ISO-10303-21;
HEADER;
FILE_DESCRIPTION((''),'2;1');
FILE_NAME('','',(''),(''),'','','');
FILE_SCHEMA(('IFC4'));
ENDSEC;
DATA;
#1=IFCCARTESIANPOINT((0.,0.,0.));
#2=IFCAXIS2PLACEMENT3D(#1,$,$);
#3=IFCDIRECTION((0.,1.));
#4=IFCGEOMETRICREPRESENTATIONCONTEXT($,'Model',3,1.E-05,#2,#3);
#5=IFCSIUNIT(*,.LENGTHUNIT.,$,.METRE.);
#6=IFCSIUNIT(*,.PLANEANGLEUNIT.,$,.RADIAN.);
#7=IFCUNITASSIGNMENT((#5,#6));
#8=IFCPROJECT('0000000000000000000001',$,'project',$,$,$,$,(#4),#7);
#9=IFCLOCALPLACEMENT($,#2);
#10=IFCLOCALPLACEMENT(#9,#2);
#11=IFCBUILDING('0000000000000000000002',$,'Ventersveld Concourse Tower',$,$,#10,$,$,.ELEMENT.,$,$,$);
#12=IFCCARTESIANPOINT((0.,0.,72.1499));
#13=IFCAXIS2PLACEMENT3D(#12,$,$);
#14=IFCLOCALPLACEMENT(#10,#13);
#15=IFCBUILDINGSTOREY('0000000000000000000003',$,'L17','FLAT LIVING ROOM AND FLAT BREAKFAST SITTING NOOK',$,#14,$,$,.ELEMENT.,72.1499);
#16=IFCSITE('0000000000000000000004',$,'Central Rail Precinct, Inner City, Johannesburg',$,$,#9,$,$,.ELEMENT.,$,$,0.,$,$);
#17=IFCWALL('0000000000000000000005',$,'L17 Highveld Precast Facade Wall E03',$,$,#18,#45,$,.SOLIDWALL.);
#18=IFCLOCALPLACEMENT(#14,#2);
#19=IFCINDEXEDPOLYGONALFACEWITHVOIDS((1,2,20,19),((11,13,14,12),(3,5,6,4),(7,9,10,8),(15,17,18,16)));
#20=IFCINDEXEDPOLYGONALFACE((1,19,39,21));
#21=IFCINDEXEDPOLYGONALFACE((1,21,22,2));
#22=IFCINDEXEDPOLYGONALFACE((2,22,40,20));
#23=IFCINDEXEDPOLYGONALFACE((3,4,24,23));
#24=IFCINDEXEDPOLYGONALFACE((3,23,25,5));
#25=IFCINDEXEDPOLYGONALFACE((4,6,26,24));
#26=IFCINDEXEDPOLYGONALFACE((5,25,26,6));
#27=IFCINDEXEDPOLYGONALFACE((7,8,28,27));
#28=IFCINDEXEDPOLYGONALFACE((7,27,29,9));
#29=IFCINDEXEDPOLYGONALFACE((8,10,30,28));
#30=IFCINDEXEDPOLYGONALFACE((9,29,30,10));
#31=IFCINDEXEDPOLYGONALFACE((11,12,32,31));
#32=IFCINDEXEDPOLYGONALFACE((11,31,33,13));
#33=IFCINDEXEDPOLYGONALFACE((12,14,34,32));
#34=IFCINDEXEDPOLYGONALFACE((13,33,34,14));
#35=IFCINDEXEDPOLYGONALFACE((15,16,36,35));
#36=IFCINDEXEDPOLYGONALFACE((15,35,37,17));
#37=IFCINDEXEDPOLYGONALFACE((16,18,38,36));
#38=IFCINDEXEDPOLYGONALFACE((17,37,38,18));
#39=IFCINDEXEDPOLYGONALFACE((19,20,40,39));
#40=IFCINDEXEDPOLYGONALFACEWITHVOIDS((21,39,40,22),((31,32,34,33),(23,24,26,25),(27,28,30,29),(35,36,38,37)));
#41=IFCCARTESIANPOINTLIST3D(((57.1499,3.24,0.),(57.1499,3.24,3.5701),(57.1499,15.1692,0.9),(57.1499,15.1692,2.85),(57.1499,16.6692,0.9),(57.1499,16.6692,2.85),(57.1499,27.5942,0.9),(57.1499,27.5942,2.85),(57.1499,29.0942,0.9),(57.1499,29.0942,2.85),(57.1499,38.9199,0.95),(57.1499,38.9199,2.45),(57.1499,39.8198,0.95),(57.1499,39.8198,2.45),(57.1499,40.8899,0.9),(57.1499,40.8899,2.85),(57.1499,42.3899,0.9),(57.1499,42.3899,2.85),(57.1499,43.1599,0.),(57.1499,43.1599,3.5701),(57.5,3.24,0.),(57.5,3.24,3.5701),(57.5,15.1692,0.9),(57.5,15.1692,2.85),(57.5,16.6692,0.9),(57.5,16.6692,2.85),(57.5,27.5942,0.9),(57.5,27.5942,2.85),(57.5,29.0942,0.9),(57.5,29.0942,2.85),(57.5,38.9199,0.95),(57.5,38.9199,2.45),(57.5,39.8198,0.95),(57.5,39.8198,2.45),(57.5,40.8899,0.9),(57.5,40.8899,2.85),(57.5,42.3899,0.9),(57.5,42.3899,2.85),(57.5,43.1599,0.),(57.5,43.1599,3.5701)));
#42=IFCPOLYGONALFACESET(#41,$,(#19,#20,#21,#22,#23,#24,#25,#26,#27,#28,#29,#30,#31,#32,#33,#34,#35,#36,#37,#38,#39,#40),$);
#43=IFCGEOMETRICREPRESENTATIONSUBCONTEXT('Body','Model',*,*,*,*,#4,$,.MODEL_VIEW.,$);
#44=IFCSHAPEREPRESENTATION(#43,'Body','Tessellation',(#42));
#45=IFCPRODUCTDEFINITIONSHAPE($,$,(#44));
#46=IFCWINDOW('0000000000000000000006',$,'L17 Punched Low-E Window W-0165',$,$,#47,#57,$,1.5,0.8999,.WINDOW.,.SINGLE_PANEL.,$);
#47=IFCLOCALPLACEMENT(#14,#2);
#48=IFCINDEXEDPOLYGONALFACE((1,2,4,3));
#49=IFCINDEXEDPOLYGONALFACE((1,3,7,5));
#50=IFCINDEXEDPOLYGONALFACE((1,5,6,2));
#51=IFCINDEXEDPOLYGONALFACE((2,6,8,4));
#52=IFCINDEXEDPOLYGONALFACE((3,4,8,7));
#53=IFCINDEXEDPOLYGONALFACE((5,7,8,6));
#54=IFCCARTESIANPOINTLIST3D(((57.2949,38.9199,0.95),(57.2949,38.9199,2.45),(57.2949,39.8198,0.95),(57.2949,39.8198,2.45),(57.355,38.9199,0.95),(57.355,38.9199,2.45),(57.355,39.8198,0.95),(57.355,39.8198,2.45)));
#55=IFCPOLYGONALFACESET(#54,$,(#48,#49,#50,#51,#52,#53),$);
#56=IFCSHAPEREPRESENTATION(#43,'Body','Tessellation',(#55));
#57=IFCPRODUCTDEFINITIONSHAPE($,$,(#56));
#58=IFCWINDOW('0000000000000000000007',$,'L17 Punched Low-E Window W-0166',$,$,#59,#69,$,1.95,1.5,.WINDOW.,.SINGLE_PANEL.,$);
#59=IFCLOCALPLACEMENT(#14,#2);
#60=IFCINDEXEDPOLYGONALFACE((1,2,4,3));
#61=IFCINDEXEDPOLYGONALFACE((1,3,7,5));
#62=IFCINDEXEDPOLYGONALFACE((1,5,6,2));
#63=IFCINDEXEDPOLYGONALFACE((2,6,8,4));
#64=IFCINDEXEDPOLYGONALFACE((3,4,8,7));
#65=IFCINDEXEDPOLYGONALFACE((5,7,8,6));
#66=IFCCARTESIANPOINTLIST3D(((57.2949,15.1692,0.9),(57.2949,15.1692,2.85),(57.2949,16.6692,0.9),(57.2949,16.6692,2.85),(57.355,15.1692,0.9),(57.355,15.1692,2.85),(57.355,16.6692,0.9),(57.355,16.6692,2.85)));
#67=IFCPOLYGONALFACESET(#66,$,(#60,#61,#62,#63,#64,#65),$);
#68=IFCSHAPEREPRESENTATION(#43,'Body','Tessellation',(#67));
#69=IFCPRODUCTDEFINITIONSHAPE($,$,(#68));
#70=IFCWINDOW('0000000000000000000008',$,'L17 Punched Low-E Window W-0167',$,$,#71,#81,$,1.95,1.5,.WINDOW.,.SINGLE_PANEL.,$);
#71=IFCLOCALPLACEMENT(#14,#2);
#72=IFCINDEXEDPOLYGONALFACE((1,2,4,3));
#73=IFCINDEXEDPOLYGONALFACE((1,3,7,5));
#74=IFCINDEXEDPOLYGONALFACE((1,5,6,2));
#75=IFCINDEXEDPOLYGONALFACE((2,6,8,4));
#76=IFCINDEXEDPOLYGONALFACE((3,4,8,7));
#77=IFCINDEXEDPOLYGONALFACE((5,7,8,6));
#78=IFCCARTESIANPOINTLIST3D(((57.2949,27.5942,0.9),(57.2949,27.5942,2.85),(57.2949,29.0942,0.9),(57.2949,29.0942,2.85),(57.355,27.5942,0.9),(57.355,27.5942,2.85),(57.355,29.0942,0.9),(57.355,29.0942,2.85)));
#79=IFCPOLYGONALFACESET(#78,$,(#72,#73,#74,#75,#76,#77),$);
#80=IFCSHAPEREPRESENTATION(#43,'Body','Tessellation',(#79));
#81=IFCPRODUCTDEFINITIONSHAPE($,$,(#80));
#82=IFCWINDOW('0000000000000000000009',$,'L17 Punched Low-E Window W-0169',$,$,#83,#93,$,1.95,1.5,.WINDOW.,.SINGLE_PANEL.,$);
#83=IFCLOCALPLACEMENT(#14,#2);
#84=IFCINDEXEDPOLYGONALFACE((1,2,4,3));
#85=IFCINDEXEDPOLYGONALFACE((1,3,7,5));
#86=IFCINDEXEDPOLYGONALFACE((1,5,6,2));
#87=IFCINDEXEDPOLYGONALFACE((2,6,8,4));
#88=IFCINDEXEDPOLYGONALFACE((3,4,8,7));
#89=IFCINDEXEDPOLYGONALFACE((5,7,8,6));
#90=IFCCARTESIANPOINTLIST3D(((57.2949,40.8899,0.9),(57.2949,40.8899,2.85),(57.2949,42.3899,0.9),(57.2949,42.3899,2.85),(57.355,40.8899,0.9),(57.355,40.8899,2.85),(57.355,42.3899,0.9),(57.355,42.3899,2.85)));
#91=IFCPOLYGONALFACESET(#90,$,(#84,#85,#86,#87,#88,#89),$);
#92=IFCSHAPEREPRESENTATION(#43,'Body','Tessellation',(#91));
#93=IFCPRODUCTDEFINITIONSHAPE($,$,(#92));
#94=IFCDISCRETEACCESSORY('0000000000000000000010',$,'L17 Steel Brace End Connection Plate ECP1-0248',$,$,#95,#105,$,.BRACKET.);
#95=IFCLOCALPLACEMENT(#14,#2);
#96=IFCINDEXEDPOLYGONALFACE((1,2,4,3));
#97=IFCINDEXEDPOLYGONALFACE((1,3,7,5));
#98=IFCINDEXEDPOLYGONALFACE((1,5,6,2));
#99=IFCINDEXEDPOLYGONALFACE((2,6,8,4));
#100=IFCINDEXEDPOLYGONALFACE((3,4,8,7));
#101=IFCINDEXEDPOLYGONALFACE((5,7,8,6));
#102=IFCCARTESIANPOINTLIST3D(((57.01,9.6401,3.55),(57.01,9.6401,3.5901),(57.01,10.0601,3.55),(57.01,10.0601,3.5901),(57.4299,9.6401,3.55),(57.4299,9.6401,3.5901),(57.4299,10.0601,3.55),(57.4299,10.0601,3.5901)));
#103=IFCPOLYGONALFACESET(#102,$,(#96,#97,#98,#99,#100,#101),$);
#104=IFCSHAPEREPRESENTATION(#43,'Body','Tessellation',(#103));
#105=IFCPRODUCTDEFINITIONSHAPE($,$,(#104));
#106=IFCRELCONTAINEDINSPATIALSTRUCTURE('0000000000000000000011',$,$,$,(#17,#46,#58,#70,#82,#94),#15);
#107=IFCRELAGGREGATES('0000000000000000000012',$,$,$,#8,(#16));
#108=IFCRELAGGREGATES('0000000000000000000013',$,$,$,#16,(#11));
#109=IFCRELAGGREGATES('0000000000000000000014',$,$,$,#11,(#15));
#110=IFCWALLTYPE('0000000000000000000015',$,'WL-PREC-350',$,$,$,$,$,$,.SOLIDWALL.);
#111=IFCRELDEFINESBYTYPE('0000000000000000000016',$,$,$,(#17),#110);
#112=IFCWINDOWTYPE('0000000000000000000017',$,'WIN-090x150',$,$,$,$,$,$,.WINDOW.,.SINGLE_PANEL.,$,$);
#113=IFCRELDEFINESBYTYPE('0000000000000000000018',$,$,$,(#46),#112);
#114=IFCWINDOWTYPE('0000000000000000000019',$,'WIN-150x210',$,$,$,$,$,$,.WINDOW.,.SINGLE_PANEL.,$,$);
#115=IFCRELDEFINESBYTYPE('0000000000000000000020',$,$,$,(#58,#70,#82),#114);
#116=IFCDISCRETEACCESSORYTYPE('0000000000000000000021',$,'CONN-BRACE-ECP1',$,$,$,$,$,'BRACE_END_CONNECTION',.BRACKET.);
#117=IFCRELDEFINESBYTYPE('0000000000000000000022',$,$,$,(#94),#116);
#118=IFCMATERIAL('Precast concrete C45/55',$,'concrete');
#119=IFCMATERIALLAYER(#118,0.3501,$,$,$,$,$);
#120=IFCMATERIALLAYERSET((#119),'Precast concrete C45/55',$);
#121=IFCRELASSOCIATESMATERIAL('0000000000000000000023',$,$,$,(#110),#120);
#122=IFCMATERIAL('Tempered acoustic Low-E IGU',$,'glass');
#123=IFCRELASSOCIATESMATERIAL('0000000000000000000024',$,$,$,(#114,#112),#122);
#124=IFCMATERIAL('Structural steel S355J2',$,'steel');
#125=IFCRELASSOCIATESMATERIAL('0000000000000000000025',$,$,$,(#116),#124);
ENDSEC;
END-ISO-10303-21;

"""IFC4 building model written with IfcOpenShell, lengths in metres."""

from ifc_helpers import new_model, si_unit, direction, frame, frame_2d, origin, origin_2d, place, context, subcontext, project, spatial, rectangle, extrude, material, layer, layer_set, type_object, element, fill, save


model = new_model("IFC4")

# Units and contexts
model_context = context("Model", 3, precision=1e-05, world=origin(), true_north=direction((0.0, 1.0)))
body_context = subcontext(model_context, "Body", "Model", "MODEL_VIEW")
ifc_project = project(units=[si_unit("LENGTHUNIT", "METRE"), si_unit("PLANEANGLEUNIT", "RADIAN")], contexts=[model_context])

# Site, building, storey
site_placement = place(None, origin())
site = spatial("IfcSite", under=ifc_project, at=site_placement, Name="Central Rail Precinct, Inner City, Johannesburg", CompositionType="ELEMENT", RefElevation=0.0)
building_placement = place(site_placement, origin())
building = spatial("IfcBuilding", under=site, at=building_placement, Name="Ventersveld Concourse Tower", CompositionType="ELEMENT")
storey_placement = place(building_placement, frame((0.0, 0.0, 72.1499)))
storey = spatial("IfcBuildingStorey", under=building, at=storey_placement, Name="L17", Description="FLAT LIVING ROOM AND FLAT BREAKFAST SITTING NOOK", CompositionType="ELEMENT", Elevation=72.1499)

# Shared definitions
ifc_material_1 = material(Name="Structural steel S355J2", Category="steel")

# Shared definitions
ifc_material_2 = material(Name="Precast concrete C45/55", Category="concrete")
ifc_layer = layer(ifc_material_2, 0.3501)
ifc_layer_set = layer_set([ifc_layer], Name="Precast concrete C45/55")
wall_type = type_object("IfcWallType", Name="WL-PREC-350", PredefinedType="SOLIDWALL", material=ifc_layer_set)
ifc_material_3 = material(Name="Tempered acoustic Low-E IGU", Category="glass")
window_type_1 = type_object("IfcWindowType", Name="WIN-150x210", PartitioningType="SINGLE_PANEL", PredefinedType="WINDOW", material=ifc_material_3)

# Wall, openings, windows
wall_1_placement = place(storey_placement, frame((57.325, 3.24, 0.0), z_axis=(0.0, 0.0, 1.0), x_axis=(0.0, 1.0, 0.0)))
wall_1 = element("IfcWall", 1, at=wall_1_placement, inside=storey, type_object=wall_type, Name="L17 Highveld Precast Facade Wall E03", PredefinedType="SOLIDWALL", context=body_context, shape_type="SweptSolid", body=[
    extrude(rectangle(XDim=39.9199, YDim=0.3501, at=frame_2d((19.96, 0.0))), origin(), (0.0, 0.0, 1.0), 3.5701),
])
opening_1_placement = place(wall_1_placement, frame((35.6799, 0.0, 0.95)))
opening_1 = element("IfcOpeningElement", 2, at=opening_1_placement, cuts=wall_1, PredefinedType="OPENING", context=body_context, shape_type="SweptSolid", body=[
    extrude(rectangle(XDim=0.8999, YDim=1.5, at=frame_2d((0.45, 0.75))), frame((0.0, 0.1851, 0.0), z_axis=(0.0, -1.0, 0.0), x_axis=(1.0, 0.0, 0.0)), (0.0, 0.0, 1.0), 0.3701),
])
opening_2_placement = place(wall_1_placement, frame((11.9292, 0.0, 0.8999)))
opening_2 = element("IfcOpeningElement", 3, at=opening_2_placement, cuts=wall_1, PredefinedType="OPENING", context=body_context, shape_type="SweptSolid", body=[
    extrude(rectangle(XDim=1.5, YDim=1.95, at=frame_2d((0.75, 0.9751))), frame((0.0, 0.1851, 0.0), z_axis=(0.0, -1.0, 0.0), x_axis=(1.0, 0.0, 0.0)), (0.0, 0.0, 1.0), 0.3701),
])
opening_3_placement = place(wall_1_placement, frame((24.3542, 0.0, 0.8999)))
opening_3 = element("IfcOpeningElement", 4, at=opening_3_placement, cuts=wall_1, PredefinedType="OPENING", context=body_context, shape_type="SweptSolid", body=[
    extrude(rectangle(XDim=1.5, YDim=1.95, at=frame_2d((0.75, 0.9751))), frame((0.0, 0.1851, 0.0), z_axis=(0.0, -1.0, 0.0), x_axis=(1.0, 0.0, 0.0)), (0.0, 0.0, 1.0), 0.3701),
])
opening_4_placement = place(wall_1_placement, frame((37.6499, 0.0, 0.8999)))
opening_4 = element("IfcOpeningElement", 5, at=opening_4_placement, cuts=wall_1, PredefinedType="OPENING", context=body_context, shape_type="SweptSolid", body=[
    extrude(rectangle(XDim=1.5, YDim=1.95, at=frame_2d((0.75, 0.9751))), frame((0.0, 0.1851, 0.0), z_axis=(0.0, -1.0, 0.0), x_axis=(1.0, 0.0, 0.0)), (0.0, 0.0, 1.0), 0.3701),
])
window_type_2 = type_object("IfcWindowType", Name="WIN-090x150", PartitioningType="SINGLE_PANEL", PredefinedType="WINDOW", material=ifc_material_3)
window_1_placement = place(opening_1_placement, origin())
window_1 = element("IfcWindow", 6, at=window_1_placement, inside=storey, type_object=window_type_2, Name="L17 Punched Low-E Window W-0165", OverallHeight=1.5, OverallWidth=0.8999, PartitioningType="SINGLE_PANEL", PredefinedType="WINDOW", context=body_context, shape_type="SweptSolid", body=[
    extrude(rectangle(XDim=0.8999, YDim=1.5, at=frame_2d((0.45, 0.75))), frame((0.0, 0.03, 0.0), z_axis=(0.0, -1.0, 0.0), x_axis=(1.0, 0.0, 0.0)), (0.0, 0.0, 1.0), 0.0601),
])
fill(opening_1, window_1)
window_2_placement = place(opening_2_placement, origin())
window_2 = element("IfcWindow", 7, at=window_2_placement, inside=storey, type_object=window_type_1, Name="L17 Punched Low-E Window W-0166", OverallHeight=1.95, OverallWidth=1.5, PartitioningType="SINGLE_PANEL", PredefinedType="WINDOW", context=body_context, shape_type="SweptSolid", body=[
    extrude(rectangle(XDim=1.5, YDim=1.95, at=frame_2d((0.75, 0.9751))), frame((0.0, 0.03, 0.0), z_axis=(0.0, -1.0, 0.0), x_axis=(1.0, 0.0, 0.0)), (0.0, 0.0, 1.0), 0.0601),
])
fill(opening_2, window_2)
window_3_placement = place(opening_3_placement, origin())
window_3 = element("IfcWindow", 8, at=window_3_placement, inside=storey, type_object=window_type_1, Name="L17 Punched Low-E Window W-0167", OverallHeight=1.95, OverallWidth=1.5, PartitioningType="SINGLE_PANEL", PredefinedType="WINDOW", context=body_context, shape_type="SweptSolid", body=[
    extrude(rectangle(XDim=1.5, YDim=1.95, at=frame_2d((0.75, 0.9751))), frame((0.0, 0.03, 0.0), z_axis=(0.0, -1.0, 0.0), x_axis=(1.0, 0.0, 0.0)), (0.0, 0.0, 1.0), 0.0601),
])
fill(opening_3, window_3)
window_4_placement = place(opening_4_placement, origin())
window_4 = element("IfcWindow", 9, at=window_4_placement, inside=storey, type_object=window_type_1, Name="L17 Punched Low-E Window W-0169", OverallHeight=1.95, OverallWidth=1.5, PartitioningType="SINGLE_PANEL", PredefinedType="WINDOW", context=body_context, shape_type="SweptSolid", body=[
    extrude(rectangle(XDim=1.5, YDim=1.95, at=frame_2d((0.75, 0.9751))), frame((0.0, 0.03, 0.0), z_axis=(0.0, -1.0, 0.0), x_axis=(1.0, 0.0, 0.0)), (0.0, 0.0, 1.0), 0.0601),
])
fill(opening_4, window_4)

# Discrete accessory
discrete_accessory_type = type_object("IfcDiscreteAccessoryType", Name="CONN-BRACE-ECP1", ElementType="BRACE_END_CONNECTION", PredefinedType="BRACKET", material=ifc_material_1)
discrete_accessory_placement = place(storey_placement, frame((57.22, 9.8501, 3.55), z_axis=(0.0, 0.0, 1.0), x_axis=(1.0, 0.0, 0.0)))
element("IfcDiscreteAccessory", 10, at=discrete_accessory_placement, inside=storey, type_object=discrete_accessory_type, Name="L17 Steel Brace End Connection Plate ECP1-0248", PredefinedType="BRACKET", context=body_context, shape_type="SweptSolid", body=[
    extrude(rectangle(XDim=0.4199, YDim=0.4199, at=origin_2d()), origin(), (0.0, 0.0, 1.0), 0.04),
])

save(model, "model.ifc")
